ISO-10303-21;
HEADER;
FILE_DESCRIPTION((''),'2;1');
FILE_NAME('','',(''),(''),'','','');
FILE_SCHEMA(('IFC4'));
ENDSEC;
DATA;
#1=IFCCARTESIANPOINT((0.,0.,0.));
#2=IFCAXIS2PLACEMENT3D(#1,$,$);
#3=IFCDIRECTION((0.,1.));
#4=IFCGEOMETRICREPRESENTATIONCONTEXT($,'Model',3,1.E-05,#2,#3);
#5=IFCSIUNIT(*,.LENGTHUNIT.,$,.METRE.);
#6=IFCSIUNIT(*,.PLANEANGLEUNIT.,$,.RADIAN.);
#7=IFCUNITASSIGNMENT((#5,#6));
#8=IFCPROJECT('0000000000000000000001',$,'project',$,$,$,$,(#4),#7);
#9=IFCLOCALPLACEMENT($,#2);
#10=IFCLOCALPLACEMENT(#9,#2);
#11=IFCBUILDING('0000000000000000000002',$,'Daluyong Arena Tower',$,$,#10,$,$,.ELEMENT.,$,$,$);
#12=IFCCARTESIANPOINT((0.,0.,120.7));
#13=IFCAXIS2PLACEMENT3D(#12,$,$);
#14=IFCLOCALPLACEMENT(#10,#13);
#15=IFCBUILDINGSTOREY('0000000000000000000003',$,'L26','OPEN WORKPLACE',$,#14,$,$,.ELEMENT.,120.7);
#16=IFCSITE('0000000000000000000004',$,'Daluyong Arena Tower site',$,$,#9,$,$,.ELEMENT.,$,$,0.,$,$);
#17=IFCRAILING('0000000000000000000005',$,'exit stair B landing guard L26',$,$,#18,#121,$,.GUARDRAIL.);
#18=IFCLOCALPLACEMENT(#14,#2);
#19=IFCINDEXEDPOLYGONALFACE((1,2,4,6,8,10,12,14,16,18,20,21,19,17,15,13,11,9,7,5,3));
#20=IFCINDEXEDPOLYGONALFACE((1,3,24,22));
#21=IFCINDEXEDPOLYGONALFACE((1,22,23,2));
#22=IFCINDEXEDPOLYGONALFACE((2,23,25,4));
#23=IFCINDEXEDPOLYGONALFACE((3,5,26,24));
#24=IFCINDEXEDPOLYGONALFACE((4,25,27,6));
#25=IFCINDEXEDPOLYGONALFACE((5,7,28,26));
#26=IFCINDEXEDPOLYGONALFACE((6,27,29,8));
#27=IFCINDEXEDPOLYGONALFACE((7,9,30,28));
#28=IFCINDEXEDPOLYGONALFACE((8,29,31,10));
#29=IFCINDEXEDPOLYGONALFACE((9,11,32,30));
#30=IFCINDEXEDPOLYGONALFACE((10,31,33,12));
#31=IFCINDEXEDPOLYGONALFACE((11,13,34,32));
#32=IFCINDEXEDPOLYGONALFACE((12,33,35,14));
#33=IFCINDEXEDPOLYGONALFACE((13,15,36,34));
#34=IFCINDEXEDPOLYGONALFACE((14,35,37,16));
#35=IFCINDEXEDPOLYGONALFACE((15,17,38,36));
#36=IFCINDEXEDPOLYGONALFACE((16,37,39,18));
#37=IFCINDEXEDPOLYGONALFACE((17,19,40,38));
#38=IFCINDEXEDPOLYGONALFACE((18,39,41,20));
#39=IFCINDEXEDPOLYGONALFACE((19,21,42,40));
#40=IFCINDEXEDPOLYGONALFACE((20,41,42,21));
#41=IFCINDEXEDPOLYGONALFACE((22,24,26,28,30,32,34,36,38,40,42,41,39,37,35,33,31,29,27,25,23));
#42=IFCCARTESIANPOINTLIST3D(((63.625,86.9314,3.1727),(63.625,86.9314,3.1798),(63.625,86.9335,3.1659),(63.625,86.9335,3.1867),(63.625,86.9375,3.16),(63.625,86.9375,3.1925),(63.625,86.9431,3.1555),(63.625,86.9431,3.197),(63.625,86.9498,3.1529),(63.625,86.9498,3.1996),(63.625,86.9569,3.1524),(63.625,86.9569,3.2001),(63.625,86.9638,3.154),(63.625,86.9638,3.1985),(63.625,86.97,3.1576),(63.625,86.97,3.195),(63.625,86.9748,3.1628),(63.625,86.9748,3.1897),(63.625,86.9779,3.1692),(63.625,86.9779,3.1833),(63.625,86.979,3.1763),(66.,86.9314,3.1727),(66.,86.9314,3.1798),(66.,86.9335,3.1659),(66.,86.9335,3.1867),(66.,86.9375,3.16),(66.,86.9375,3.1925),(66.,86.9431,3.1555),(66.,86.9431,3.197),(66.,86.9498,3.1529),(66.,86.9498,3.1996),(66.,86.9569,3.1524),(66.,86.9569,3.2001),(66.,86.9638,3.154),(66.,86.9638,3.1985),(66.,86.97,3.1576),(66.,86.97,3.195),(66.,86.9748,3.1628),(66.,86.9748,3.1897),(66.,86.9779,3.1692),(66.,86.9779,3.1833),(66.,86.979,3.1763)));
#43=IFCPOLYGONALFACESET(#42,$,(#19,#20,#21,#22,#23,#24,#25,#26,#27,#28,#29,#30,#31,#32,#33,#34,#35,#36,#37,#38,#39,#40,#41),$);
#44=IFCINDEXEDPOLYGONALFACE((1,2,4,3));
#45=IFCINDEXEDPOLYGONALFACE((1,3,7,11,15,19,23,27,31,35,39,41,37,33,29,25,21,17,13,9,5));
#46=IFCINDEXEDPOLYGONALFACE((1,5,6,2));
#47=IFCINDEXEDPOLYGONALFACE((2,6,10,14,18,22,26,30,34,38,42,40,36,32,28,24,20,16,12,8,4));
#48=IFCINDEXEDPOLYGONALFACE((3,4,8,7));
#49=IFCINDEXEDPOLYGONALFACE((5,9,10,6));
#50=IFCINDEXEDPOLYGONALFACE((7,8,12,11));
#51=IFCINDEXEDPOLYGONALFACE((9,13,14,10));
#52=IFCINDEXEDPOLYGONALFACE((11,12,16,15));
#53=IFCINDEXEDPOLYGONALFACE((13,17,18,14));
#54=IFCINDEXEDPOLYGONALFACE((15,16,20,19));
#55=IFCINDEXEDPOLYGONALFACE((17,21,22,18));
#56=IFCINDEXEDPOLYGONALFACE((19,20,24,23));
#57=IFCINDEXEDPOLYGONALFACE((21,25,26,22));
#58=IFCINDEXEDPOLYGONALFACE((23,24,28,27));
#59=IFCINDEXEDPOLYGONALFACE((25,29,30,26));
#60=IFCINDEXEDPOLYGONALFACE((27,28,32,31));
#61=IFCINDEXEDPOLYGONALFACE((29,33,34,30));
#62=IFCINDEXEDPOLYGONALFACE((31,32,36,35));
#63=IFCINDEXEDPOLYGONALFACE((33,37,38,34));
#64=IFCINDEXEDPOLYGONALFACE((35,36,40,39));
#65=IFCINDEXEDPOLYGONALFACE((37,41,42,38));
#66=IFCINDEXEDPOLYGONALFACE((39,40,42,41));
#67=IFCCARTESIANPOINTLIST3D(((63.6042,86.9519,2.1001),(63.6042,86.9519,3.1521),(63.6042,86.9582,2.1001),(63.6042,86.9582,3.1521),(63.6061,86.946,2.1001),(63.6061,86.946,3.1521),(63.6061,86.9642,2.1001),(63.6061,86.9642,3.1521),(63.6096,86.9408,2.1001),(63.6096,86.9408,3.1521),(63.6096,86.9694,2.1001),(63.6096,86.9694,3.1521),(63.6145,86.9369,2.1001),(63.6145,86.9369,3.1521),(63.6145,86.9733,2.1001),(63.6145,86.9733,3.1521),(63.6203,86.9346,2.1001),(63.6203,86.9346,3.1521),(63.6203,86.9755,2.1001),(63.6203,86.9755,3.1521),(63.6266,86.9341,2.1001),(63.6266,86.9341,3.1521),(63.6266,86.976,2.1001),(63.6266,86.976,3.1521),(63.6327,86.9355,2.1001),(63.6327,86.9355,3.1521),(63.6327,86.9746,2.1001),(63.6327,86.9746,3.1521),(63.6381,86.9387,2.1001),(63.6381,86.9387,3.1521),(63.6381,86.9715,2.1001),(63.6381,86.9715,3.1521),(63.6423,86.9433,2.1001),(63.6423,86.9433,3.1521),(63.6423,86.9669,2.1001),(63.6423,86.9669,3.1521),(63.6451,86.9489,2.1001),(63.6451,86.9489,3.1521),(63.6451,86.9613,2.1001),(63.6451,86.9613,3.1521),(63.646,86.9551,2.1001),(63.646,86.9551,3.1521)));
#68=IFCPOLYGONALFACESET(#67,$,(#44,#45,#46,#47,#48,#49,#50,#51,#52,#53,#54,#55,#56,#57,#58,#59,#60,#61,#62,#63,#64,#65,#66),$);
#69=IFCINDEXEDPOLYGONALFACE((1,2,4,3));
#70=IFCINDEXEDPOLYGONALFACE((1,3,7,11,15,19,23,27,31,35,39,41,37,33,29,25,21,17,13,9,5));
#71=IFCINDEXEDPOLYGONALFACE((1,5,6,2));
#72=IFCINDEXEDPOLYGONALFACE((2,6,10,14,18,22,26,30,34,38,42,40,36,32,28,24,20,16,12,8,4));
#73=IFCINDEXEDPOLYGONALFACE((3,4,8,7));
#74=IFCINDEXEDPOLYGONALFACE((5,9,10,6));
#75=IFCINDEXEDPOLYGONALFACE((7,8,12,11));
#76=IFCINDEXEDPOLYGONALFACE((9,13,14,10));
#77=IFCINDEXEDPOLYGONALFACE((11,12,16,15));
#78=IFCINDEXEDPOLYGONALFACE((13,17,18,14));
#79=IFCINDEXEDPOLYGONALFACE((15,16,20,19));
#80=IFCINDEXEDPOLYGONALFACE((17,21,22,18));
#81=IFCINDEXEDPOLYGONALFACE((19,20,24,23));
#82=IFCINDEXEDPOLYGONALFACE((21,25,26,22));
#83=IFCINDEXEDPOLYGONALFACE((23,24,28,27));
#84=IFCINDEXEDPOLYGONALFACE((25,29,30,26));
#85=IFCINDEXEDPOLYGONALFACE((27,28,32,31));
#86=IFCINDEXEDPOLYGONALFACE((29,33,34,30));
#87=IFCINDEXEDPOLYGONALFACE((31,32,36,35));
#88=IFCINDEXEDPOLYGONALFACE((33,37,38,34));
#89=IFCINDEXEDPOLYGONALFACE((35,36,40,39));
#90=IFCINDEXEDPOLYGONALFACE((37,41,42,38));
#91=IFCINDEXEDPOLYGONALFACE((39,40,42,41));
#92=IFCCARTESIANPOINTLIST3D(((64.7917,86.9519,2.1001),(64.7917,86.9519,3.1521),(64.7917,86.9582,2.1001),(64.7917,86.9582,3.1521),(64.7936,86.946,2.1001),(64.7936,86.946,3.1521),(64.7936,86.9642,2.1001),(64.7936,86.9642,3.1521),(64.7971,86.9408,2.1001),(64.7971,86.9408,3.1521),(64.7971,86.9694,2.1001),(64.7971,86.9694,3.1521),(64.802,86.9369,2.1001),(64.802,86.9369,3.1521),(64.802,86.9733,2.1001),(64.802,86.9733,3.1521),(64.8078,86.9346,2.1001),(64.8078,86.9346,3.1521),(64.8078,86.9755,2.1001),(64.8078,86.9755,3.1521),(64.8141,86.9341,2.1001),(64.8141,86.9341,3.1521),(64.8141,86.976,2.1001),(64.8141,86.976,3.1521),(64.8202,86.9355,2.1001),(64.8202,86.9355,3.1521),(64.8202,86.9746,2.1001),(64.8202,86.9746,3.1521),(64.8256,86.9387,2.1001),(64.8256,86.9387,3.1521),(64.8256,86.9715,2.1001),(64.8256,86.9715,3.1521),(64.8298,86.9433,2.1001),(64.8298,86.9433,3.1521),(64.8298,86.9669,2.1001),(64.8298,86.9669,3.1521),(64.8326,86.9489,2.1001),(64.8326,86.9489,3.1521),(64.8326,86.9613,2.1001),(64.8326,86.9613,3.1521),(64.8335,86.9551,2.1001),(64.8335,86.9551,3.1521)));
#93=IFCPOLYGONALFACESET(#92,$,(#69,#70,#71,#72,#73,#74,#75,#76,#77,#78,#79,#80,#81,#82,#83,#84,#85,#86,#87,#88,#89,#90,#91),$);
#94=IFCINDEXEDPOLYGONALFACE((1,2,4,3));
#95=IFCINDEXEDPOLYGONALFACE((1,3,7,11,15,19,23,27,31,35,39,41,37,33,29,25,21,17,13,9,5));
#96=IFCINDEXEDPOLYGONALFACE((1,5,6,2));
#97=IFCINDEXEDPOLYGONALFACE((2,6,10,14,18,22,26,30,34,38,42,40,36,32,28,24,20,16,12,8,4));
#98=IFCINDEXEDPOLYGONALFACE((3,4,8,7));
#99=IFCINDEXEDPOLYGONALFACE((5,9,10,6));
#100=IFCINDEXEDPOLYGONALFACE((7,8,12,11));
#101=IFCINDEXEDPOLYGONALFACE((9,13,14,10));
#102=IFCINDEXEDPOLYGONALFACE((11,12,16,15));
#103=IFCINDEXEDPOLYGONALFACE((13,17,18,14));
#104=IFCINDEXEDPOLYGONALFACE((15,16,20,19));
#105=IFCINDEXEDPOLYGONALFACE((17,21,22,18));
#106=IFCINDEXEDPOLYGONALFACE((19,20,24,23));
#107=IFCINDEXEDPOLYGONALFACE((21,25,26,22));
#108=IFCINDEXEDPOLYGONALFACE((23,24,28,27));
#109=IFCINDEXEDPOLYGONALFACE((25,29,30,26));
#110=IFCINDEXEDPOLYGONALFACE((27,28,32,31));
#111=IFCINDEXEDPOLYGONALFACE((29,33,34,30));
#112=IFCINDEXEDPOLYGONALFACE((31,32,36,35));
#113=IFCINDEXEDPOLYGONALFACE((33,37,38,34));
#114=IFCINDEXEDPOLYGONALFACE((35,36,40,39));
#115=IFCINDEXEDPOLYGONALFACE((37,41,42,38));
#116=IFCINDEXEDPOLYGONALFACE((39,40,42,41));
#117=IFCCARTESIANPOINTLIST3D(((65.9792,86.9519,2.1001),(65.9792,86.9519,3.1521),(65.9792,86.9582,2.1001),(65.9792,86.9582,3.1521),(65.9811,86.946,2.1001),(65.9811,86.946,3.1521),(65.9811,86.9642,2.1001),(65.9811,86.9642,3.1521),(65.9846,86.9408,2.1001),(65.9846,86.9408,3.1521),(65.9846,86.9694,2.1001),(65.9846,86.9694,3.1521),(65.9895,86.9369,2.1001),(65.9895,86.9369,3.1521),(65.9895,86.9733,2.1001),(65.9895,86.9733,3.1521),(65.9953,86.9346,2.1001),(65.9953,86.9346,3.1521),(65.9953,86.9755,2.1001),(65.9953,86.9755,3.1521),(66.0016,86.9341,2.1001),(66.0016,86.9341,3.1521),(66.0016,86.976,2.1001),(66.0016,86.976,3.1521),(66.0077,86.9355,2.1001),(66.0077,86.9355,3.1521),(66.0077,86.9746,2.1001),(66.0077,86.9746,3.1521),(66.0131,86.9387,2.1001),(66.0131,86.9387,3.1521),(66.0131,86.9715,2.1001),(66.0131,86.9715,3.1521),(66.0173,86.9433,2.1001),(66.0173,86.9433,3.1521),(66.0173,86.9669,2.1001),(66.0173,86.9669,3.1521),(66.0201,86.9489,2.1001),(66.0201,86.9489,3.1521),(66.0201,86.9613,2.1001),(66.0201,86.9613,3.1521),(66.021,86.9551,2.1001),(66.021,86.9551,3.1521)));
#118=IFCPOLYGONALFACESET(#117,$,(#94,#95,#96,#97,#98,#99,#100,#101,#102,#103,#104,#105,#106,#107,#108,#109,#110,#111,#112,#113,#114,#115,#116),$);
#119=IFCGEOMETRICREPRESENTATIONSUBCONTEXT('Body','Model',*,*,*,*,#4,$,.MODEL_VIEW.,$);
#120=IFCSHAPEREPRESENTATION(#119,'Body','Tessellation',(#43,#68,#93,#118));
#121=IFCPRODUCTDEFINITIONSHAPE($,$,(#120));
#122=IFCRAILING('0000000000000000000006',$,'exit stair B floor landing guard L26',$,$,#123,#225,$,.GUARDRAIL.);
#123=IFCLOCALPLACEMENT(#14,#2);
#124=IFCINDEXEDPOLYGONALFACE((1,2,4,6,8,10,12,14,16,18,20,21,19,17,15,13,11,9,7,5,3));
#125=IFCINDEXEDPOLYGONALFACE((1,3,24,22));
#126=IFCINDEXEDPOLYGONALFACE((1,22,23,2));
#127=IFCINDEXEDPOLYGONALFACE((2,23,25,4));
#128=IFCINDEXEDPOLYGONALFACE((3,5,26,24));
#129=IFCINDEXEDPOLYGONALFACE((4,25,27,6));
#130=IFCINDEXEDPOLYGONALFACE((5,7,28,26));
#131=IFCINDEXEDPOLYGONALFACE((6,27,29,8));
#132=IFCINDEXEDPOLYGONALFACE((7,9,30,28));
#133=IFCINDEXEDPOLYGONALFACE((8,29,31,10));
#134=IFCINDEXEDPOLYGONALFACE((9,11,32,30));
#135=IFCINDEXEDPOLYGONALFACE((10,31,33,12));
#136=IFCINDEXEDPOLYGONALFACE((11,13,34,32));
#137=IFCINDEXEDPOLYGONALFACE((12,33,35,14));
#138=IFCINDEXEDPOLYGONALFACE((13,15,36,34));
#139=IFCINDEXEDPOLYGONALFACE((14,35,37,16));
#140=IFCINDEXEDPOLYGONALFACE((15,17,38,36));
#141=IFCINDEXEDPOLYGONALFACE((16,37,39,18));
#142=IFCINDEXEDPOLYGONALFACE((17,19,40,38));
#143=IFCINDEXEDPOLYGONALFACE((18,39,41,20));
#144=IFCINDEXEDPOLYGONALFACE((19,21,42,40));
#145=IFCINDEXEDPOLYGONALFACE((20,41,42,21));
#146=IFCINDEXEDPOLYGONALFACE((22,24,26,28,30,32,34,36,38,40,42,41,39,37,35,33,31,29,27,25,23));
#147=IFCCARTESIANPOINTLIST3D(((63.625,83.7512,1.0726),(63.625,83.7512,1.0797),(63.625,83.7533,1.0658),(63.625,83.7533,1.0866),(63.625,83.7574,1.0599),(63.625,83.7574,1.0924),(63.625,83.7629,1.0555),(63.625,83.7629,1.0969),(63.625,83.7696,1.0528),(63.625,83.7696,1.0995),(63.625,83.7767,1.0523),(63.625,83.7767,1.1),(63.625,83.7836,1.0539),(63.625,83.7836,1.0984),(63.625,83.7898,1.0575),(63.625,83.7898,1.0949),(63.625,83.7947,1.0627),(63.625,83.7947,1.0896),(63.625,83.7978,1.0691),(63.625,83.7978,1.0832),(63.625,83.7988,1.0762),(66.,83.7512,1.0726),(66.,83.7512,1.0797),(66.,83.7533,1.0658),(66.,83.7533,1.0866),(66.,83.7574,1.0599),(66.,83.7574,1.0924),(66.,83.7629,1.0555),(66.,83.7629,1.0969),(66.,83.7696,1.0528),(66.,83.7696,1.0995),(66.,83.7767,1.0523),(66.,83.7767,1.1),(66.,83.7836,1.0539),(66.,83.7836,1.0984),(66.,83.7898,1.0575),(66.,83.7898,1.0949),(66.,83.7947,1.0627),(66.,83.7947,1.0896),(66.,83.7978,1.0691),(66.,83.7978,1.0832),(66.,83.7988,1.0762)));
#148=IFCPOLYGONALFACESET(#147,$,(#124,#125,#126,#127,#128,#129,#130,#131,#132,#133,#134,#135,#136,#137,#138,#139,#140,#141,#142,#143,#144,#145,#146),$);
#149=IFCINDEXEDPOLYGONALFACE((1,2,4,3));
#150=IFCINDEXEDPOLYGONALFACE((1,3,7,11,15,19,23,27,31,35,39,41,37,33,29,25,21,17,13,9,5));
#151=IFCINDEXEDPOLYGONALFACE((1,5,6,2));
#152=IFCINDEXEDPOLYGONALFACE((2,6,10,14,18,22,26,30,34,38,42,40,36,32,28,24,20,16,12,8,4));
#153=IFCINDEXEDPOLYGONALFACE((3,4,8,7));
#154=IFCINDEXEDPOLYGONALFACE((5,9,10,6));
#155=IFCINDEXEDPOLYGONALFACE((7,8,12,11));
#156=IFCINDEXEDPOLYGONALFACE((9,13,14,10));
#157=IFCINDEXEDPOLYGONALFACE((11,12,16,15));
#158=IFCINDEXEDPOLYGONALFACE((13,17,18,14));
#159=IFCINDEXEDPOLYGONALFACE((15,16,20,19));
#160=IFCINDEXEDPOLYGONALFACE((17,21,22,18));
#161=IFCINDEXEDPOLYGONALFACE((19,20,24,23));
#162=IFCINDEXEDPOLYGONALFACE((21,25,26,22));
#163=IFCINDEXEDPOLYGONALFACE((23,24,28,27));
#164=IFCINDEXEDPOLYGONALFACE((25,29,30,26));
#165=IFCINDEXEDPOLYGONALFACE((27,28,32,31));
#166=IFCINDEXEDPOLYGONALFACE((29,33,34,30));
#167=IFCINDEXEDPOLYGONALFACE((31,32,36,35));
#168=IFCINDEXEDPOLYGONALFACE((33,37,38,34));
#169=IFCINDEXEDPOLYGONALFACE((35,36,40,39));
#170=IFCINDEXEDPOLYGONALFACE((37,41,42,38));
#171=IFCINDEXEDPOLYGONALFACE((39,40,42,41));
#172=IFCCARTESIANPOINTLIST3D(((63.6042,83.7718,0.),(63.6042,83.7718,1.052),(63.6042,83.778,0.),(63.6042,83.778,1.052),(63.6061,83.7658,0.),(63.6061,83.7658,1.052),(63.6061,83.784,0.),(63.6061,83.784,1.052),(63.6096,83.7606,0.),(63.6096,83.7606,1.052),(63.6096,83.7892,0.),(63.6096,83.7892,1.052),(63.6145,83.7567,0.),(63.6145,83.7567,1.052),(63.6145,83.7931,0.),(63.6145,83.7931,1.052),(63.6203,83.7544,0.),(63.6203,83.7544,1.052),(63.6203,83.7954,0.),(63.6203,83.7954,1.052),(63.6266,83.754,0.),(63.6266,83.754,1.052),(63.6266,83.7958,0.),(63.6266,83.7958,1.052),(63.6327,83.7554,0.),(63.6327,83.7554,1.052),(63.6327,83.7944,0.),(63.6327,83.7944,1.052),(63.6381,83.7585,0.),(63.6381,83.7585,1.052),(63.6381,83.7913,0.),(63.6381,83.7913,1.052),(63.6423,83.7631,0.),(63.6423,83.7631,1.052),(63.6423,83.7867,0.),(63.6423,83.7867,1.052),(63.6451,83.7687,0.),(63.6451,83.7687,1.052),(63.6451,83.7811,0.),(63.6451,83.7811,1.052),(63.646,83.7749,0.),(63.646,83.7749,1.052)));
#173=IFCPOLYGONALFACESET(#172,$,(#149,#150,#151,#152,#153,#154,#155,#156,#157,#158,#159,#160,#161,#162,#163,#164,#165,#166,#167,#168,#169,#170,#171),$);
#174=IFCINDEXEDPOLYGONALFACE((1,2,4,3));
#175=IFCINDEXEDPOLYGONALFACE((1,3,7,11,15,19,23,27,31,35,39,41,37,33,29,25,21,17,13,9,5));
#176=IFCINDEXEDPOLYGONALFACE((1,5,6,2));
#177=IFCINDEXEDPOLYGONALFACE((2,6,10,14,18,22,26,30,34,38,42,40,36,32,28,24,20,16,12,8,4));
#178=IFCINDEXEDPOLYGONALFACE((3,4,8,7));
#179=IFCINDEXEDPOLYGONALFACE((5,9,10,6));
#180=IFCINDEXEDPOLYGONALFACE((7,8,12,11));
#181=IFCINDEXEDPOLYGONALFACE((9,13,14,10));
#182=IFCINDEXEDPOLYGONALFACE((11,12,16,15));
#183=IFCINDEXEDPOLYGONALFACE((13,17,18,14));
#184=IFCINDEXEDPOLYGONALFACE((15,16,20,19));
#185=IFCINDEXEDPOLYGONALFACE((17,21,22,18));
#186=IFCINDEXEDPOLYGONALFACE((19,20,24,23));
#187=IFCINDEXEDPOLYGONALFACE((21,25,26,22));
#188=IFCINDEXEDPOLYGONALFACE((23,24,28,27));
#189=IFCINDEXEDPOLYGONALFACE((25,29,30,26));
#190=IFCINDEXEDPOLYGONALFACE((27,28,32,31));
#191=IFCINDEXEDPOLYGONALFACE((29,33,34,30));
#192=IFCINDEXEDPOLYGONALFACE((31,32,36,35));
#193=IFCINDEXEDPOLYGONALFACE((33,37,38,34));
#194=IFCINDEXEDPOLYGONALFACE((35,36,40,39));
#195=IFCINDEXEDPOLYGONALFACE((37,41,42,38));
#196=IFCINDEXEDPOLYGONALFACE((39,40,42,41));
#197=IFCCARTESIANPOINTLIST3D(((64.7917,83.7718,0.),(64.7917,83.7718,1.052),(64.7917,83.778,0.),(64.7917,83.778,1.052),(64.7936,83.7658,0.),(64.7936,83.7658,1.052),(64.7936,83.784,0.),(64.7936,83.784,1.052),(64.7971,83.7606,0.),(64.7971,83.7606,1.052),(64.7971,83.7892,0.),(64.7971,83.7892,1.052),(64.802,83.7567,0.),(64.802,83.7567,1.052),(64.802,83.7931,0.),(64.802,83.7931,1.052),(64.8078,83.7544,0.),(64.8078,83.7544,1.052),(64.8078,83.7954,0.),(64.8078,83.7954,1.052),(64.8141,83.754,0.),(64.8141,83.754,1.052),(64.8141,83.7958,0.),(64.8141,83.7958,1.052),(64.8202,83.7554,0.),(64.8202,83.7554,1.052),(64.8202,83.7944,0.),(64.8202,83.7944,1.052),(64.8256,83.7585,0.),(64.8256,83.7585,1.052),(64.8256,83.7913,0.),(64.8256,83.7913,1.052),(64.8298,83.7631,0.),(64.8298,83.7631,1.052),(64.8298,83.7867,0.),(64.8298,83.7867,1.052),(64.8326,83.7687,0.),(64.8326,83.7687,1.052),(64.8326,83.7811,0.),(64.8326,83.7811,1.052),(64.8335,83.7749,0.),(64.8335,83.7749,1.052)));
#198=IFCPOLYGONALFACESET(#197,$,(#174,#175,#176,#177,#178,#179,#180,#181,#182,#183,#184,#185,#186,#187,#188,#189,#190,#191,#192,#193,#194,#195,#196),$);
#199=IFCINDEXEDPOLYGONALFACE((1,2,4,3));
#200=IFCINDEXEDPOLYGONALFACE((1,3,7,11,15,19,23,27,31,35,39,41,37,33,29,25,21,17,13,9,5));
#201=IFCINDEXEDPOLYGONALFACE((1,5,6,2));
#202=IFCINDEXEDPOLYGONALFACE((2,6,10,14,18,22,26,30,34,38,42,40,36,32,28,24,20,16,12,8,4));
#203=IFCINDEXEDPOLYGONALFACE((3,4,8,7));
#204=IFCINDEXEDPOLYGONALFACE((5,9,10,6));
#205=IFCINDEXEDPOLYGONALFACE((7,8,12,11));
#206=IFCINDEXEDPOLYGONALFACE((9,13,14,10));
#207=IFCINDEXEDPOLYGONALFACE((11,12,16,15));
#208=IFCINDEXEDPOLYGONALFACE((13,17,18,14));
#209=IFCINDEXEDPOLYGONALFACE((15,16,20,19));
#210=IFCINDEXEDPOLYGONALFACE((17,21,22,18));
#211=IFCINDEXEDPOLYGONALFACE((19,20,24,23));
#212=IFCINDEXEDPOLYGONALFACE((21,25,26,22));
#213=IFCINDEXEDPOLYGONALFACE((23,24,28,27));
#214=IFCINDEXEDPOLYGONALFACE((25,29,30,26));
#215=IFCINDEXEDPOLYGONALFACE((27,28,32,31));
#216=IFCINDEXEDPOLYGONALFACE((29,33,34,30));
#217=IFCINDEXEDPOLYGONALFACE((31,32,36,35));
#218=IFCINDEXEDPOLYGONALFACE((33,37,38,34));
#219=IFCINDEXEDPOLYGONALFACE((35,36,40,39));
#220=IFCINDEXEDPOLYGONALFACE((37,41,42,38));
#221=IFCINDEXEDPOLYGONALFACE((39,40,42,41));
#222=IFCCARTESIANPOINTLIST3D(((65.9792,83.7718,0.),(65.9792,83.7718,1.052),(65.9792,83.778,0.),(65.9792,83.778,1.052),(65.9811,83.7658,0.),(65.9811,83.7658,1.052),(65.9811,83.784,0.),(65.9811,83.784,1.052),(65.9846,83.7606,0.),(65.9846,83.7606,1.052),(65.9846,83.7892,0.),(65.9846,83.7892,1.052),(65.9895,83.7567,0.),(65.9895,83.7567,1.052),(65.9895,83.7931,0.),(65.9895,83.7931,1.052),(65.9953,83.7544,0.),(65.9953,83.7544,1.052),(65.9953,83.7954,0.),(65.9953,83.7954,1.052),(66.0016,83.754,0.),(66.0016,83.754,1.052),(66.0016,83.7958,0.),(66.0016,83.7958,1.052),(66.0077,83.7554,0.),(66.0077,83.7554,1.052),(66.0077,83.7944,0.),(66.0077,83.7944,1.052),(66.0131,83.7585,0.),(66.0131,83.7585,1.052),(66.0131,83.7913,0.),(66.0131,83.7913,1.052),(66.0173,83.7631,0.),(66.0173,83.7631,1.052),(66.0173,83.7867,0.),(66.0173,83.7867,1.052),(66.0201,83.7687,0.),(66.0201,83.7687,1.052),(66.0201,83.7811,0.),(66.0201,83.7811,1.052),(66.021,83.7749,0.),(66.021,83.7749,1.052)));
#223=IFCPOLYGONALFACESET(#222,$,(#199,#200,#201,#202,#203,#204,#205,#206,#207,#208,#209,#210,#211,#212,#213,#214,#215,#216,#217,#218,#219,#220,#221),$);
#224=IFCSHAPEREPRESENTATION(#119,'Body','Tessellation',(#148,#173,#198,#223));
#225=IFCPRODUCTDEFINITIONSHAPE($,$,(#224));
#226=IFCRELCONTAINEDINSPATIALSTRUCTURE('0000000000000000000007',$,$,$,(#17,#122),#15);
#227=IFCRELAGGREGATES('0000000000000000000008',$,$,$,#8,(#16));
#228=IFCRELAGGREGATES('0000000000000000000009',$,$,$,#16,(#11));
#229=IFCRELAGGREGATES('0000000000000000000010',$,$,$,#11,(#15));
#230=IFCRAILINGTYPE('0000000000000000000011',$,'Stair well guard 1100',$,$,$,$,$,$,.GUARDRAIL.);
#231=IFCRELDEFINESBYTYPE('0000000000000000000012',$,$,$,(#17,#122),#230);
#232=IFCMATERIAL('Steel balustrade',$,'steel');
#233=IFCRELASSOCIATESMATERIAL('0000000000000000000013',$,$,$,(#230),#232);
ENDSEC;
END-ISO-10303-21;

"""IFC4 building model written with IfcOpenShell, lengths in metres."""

from ifc_helpers import new_model, si_unit, direction, frame, origin, origin_2d, place, context, subcontext, project, spatial, circle, extrude, material, type_object, element, save


model = new_model("IFC4")

# Units and contexts
model_context = context("Model", 3, precision=1e-05, world=origin(), true_north=direction((0.0, 1.0)))
body_context = subcontext(model_context, "Body", "Model", "MODEL_VIEW")
ifc_project = project(units=[si_unit("LENGTHUNIT", "METRE"), si_unit("PLANEANGLEUNIT", "RADIAN")], contexts=[model_context])

# Site, building, storey
site_placement = place(None, origin())
site = spatial("IfcSite", under=ifc_project, at=site_placement, Name="Daluyong Arena Tower site", CompositionType="ELEMENT", RefElevation=0.0)
building_placement = place(site_placement, origin())
building = spatial("IfcBuilding", under=site, at=building_placement, Name="Daluyong Arena Tower", CompositionType="ELEMENT")
storey_placement = place(building_placement, frame((0.0, 0.0, 120.7)))
storey = spatial("IfcBuildingStorey", under=building, at=storey_placement, Name="L26", Description="OPEN WORKPLACE", CompositionType="ELEMENT", Elevation=120.7)

# Railings
ifc_material_1 = material(Name="Steel balustrade", Category="steel")
railing_type_1 = type_object("IfcRailingType", Name="Stair well guard 1100", PredefinedType="GUARDRAIL", material=ifc_material_1)
for number, where, name in (
    (1, (63.625, 86.9551, 2.1001), "exit stair B landing guard L26"),
    (2, (63.625, 83.7749, 0.0), "exit stair B floor landing guard L26"),
):
    element("IfcRailing", number, at=place(storey_placement, frame(where)), inside=storey, type_object=railing_type_1, Name=name, PredefinedType="GUARDRAIL", context=body_context, shape_type="SweptSolid", body=[
        extrude(circle(Radius=0.0239, at=origin_2d()), frame((0.0, 0.0, 1.0762), z_axis=(1.0, 0.0, 0.0), x_axis=(0.0, 1.0, 0.0)), (0.0, 0.0, 1.0), 2.375),
        extrude(circle(Radius=0.021, at=origin_2d()), origin(), (0.0, 0.0, 1.0), 1.052),
        extrude(circle(Radius=0.021, at=origin_2d()), frame((1.1875, 0.0, 0.0)), (0.0, 0.0, 1.0), 1.052),
        extrude(circle(Radius=0.021, at=origin_2d()), frame((2.375, 0.0, 0.0)), (0.0, 0.0, 1.0), 1.052),
    ])

save(model, "model.ifc")
